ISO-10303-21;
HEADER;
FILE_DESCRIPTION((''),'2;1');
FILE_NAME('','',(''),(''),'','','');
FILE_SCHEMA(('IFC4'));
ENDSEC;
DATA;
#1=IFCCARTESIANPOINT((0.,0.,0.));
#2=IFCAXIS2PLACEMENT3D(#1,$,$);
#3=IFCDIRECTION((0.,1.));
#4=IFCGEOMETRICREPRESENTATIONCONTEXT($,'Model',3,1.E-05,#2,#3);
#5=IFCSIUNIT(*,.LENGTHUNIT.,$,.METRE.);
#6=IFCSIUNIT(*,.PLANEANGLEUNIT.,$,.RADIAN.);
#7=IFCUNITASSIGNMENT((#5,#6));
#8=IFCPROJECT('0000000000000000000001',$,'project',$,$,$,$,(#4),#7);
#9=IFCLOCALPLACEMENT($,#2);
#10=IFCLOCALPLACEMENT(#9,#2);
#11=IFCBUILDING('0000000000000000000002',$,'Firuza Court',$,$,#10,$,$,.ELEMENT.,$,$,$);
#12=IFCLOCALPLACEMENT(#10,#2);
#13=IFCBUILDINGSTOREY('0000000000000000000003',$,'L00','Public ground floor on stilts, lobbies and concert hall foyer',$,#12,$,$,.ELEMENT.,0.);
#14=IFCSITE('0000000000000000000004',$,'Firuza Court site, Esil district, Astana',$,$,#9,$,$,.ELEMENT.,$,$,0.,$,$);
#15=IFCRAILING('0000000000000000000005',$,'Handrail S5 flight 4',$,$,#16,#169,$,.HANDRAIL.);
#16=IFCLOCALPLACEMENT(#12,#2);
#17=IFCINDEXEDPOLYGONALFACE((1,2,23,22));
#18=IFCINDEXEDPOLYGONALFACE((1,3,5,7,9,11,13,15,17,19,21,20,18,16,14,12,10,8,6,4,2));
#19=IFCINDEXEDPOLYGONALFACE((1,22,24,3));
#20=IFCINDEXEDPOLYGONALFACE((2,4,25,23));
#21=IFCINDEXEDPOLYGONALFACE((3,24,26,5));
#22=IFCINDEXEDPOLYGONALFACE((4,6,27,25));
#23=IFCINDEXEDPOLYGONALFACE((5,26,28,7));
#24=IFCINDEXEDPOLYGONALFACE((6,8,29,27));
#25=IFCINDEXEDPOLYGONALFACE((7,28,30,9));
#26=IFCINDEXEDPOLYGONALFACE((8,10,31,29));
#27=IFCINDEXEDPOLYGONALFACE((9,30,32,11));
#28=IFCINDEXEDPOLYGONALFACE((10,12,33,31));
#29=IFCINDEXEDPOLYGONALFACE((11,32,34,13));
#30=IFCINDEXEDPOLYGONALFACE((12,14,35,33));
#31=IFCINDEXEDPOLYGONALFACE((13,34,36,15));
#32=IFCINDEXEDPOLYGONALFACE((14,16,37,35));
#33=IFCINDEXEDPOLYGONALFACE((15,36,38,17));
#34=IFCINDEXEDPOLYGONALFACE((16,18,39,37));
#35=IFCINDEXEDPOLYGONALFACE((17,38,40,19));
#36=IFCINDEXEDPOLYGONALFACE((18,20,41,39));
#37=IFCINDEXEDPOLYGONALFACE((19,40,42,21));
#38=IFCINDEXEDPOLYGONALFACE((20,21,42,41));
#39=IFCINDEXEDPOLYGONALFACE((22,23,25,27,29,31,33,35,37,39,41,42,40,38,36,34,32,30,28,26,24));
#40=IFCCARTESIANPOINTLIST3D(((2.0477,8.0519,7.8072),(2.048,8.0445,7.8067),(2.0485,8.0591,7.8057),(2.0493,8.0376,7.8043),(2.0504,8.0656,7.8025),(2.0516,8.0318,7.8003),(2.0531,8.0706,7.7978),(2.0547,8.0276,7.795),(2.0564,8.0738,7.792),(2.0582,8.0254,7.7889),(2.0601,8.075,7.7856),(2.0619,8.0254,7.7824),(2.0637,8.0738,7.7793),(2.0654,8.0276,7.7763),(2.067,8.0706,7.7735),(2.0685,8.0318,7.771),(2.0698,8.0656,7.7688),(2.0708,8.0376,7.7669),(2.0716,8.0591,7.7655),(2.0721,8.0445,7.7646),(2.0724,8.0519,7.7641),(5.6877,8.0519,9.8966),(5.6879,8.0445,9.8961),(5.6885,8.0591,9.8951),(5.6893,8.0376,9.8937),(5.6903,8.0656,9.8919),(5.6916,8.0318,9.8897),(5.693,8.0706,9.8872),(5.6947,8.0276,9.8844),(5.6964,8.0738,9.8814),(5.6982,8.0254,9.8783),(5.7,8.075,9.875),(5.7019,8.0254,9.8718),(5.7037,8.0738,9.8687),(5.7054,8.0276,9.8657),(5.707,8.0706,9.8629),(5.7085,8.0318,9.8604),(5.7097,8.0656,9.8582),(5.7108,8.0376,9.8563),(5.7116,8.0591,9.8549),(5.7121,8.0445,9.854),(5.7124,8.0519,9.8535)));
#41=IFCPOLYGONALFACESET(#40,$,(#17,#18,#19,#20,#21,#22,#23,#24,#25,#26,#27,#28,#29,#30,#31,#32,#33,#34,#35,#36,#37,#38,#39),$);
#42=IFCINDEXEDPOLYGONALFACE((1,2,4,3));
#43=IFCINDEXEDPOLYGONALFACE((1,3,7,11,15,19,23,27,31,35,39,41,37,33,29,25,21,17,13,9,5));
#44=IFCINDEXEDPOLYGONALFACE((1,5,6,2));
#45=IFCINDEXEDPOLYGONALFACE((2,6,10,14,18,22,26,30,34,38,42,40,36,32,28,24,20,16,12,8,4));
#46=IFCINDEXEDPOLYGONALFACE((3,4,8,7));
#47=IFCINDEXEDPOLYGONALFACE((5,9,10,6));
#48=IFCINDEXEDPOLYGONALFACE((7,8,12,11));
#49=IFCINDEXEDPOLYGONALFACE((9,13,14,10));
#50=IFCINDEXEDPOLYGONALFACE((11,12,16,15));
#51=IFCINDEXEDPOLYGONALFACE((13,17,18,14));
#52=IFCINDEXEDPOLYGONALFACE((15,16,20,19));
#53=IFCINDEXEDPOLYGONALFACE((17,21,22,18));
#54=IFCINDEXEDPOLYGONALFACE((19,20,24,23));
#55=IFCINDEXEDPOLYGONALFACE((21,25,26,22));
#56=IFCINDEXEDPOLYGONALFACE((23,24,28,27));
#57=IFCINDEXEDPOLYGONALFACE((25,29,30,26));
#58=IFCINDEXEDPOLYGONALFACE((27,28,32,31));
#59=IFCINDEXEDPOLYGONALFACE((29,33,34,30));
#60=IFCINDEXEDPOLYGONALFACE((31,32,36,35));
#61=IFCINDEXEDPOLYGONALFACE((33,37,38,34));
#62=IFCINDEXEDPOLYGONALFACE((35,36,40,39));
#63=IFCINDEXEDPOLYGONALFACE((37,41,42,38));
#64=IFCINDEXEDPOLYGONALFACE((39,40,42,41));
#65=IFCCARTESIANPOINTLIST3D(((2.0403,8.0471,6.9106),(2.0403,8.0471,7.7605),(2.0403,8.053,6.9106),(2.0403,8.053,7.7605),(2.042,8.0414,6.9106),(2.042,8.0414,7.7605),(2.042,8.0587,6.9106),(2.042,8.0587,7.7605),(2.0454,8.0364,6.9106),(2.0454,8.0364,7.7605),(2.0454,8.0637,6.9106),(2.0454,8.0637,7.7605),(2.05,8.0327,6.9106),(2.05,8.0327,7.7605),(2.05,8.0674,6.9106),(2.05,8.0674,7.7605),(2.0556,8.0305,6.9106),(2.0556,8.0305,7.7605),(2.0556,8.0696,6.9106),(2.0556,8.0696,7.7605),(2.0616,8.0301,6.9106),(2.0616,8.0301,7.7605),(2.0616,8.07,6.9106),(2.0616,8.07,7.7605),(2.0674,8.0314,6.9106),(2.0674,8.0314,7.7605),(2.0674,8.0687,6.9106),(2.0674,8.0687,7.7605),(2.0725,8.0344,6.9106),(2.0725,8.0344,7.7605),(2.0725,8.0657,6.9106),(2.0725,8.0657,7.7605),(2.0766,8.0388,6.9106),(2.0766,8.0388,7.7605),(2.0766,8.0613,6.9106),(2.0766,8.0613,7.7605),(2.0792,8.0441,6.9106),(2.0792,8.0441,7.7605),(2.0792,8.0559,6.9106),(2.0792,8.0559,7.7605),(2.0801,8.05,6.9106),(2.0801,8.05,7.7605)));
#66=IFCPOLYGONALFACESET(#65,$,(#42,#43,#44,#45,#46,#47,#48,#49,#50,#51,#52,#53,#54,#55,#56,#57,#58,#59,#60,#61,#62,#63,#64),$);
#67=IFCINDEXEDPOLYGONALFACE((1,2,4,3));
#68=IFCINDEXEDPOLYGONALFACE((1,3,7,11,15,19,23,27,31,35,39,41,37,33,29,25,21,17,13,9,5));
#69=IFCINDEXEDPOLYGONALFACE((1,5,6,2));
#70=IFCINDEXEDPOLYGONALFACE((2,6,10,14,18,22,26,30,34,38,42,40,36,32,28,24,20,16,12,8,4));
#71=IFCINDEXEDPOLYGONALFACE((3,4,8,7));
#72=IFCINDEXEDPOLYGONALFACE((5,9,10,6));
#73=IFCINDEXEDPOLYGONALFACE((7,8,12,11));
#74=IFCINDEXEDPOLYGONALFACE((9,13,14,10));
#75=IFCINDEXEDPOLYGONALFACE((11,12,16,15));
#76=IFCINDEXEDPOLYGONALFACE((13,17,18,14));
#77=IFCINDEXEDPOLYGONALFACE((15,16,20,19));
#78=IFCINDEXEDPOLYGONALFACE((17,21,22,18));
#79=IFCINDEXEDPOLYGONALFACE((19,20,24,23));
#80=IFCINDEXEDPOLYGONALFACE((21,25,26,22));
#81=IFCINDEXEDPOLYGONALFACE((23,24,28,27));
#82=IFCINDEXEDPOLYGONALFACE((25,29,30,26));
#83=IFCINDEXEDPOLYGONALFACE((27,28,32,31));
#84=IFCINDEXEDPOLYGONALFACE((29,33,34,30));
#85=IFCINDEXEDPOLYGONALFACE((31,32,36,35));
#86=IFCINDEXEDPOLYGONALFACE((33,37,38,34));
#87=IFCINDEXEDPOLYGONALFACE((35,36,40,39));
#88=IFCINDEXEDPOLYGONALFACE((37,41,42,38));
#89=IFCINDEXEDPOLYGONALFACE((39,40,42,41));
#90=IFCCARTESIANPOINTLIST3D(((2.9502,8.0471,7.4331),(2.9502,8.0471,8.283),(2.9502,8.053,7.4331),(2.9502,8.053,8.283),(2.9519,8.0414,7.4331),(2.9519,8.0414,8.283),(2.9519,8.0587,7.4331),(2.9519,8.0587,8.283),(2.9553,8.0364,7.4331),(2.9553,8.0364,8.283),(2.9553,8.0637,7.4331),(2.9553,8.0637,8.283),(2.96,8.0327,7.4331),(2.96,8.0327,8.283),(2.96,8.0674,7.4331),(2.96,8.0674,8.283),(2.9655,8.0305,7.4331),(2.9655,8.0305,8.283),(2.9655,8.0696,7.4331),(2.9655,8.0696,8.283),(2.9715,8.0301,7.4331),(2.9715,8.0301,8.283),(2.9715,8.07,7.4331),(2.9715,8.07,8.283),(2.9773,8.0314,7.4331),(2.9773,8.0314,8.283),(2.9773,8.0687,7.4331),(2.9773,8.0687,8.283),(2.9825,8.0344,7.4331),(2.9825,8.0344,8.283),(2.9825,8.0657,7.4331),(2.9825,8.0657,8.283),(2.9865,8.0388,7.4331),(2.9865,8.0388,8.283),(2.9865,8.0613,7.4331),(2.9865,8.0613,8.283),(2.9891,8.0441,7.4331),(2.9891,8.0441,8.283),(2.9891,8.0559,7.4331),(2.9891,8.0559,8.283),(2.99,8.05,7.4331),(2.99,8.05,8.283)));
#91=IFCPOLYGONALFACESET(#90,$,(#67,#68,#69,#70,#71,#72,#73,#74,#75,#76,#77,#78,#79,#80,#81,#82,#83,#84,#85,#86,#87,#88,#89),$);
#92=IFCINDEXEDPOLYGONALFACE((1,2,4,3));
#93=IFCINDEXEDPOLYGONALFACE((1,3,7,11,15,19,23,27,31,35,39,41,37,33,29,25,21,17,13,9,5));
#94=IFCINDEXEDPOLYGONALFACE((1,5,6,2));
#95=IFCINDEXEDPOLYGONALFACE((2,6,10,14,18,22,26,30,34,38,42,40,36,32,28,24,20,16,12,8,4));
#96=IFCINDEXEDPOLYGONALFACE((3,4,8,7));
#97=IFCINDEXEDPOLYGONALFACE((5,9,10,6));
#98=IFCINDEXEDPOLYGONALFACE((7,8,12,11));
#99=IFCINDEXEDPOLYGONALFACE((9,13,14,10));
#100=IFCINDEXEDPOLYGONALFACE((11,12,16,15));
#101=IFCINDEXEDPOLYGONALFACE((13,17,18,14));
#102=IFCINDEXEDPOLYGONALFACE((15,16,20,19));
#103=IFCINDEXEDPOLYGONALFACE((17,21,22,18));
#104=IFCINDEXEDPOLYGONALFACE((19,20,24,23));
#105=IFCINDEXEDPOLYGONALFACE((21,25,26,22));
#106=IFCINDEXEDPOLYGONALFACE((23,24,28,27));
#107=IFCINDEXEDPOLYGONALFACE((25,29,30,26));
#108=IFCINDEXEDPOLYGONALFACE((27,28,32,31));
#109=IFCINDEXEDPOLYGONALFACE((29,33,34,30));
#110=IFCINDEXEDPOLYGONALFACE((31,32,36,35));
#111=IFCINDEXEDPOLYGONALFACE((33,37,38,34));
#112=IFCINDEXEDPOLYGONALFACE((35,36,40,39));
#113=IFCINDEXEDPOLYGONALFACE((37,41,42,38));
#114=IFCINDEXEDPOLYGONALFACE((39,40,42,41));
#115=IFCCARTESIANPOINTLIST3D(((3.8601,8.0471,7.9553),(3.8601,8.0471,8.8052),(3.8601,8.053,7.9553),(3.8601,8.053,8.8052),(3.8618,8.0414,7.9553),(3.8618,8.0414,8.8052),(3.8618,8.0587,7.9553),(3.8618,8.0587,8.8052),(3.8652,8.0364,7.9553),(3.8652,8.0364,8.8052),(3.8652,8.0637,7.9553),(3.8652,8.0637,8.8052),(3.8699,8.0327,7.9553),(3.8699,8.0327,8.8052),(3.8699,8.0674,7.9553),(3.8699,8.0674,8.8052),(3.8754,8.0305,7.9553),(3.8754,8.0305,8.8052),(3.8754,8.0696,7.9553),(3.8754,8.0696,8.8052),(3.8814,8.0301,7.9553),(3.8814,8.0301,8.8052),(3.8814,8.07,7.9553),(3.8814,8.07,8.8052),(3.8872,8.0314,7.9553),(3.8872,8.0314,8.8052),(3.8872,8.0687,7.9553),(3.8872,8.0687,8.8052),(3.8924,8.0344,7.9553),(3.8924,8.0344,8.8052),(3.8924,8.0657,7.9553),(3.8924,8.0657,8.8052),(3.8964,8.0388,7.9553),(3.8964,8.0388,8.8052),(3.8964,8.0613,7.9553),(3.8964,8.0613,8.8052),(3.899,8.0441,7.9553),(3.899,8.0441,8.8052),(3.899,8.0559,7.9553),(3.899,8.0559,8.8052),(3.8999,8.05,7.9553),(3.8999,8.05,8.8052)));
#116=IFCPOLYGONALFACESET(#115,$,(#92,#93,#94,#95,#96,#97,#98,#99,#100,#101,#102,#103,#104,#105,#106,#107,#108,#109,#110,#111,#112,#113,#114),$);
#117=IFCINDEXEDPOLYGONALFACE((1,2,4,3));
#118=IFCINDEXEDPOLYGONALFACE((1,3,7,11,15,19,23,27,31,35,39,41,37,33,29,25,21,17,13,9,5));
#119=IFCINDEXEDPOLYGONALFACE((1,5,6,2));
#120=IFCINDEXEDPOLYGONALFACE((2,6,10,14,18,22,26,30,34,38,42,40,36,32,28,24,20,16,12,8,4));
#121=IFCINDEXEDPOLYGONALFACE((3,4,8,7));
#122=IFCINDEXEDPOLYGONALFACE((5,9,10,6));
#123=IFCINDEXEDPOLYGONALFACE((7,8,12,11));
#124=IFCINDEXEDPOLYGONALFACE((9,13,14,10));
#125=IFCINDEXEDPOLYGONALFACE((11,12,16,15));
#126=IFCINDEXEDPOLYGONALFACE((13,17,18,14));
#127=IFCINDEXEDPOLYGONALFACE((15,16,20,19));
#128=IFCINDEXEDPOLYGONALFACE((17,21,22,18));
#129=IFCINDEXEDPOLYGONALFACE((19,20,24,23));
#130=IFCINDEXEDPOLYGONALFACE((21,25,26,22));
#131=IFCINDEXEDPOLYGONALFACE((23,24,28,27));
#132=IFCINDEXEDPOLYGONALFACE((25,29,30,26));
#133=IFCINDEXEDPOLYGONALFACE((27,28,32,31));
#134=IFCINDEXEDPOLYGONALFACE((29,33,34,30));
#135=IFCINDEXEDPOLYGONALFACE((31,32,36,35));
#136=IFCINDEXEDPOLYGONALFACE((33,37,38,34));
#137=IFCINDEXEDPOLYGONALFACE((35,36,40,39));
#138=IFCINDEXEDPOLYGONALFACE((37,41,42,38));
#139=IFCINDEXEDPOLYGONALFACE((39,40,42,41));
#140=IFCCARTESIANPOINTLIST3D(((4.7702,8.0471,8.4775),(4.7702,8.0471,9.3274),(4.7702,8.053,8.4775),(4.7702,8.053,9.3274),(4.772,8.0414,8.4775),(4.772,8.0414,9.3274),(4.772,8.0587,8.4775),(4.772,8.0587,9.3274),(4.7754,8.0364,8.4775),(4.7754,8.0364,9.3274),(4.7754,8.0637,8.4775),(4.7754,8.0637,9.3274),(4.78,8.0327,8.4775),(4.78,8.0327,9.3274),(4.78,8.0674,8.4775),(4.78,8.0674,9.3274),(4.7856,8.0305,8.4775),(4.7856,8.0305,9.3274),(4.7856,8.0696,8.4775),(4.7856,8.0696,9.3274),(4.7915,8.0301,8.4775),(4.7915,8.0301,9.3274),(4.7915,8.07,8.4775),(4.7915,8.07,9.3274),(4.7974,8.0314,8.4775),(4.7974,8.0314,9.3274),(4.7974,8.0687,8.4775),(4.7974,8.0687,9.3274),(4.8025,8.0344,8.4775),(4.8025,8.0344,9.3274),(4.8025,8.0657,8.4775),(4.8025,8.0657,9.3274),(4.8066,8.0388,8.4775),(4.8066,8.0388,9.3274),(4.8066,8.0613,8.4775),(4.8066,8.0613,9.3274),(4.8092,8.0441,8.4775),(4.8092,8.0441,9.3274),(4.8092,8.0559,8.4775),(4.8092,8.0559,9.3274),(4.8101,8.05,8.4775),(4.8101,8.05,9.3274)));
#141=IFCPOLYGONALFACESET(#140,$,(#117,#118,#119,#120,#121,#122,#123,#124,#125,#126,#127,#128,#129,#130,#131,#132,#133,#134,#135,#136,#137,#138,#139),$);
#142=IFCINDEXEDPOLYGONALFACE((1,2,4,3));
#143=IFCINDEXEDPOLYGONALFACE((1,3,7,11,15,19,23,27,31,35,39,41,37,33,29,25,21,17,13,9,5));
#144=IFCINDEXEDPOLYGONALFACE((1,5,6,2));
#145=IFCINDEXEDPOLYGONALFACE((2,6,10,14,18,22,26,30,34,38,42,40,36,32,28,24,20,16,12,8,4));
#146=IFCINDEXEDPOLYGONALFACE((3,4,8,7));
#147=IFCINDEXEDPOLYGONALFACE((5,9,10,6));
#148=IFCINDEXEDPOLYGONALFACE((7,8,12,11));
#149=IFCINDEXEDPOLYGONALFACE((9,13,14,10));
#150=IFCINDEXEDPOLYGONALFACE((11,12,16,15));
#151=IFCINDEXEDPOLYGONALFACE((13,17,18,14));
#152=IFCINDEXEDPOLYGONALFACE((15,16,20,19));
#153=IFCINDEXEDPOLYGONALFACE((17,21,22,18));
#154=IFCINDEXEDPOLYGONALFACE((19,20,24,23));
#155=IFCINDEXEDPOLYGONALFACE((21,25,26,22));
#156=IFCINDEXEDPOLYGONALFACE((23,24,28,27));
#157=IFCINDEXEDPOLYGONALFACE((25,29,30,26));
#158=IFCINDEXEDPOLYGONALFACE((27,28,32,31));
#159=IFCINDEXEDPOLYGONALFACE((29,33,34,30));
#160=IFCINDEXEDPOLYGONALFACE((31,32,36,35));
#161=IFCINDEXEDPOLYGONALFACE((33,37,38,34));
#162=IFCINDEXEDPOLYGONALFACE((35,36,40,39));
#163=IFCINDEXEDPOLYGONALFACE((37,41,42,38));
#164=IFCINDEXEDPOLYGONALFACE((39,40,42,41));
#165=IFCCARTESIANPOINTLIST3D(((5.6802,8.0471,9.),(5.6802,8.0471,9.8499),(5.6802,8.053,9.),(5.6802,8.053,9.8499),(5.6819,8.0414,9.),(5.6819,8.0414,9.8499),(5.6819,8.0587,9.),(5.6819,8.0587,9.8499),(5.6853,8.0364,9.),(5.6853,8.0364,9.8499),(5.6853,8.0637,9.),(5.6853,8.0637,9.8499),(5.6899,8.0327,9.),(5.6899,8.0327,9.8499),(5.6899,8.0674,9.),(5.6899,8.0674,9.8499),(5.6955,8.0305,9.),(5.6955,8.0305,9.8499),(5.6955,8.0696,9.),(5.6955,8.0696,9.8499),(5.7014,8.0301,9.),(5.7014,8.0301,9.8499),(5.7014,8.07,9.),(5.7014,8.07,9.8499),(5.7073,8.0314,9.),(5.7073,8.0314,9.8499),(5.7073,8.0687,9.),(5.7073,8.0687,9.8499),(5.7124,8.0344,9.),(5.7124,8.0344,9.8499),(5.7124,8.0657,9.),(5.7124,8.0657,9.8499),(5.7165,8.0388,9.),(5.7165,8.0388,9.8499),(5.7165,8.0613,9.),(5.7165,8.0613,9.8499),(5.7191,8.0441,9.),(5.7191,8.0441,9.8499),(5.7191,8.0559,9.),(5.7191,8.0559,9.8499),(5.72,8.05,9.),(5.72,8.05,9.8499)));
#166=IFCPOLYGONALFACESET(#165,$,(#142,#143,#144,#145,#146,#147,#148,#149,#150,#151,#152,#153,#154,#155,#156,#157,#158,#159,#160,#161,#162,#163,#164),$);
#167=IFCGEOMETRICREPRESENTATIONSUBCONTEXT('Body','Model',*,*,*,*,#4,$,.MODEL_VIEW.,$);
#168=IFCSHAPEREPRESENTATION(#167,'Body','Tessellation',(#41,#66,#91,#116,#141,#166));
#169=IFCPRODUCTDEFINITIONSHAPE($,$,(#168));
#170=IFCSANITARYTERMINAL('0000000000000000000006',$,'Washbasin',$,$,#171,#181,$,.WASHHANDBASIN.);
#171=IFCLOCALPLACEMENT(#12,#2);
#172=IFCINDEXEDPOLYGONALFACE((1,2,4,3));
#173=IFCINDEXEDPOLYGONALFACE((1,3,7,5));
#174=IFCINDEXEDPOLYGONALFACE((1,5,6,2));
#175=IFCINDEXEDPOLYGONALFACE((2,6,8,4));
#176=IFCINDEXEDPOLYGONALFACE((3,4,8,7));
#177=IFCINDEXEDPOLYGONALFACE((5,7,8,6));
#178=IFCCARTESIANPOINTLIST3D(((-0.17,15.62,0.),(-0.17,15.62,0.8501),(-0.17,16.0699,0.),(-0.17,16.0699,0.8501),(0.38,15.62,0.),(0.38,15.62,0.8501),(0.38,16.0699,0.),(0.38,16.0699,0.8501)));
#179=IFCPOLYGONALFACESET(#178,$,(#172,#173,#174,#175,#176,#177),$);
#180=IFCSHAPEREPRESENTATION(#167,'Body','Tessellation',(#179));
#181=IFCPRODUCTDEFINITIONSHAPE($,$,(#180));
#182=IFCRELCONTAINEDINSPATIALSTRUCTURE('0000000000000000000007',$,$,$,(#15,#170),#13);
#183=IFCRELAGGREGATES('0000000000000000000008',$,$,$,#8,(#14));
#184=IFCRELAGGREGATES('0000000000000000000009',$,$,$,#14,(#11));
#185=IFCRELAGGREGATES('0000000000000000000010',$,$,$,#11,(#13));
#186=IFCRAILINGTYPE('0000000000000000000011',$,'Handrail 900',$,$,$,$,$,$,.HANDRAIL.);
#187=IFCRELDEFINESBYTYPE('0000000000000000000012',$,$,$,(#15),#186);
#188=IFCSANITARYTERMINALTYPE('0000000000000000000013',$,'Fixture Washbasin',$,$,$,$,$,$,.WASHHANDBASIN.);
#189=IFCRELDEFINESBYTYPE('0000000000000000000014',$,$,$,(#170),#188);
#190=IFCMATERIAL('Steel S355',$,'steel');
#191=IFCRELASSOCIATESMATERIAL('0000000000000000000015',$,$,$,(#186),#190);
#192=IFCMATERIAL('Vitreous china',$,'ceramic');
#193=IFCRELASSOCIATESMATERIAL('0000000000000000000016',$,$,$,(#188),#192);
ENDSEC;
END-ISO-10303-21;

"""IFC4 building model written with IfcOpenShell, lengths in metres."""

from ifc_helpers import new_model, si_unit, direction, frame, origin, origin_2d, place, context, subcontext, project, spatial, rectangle, circle, extrude, material, type_object, element, save


model = new_model("IFC4")

# Units and contexts
model_context = context("Model", 3, precision=1e-05, world=origin(), true_north=direction((0.0, 1.0)))
body_context = subcontext(model_context, "Body", "Model", "MODEL_VIEW")
ifc_project = project(units=[si_unit("LENGTHUNIT", "METRE"), si_unit("PLANEANGLEUNIT", "RADIAN")], contexts=[model_context])

# Site, building, storey
site_placement = place(None, origin())
site = spatial("IfcSite", under=ifc_project, at=site_placement, Name="Firuza Court site, Esil district, Astana", CompositionType="ELEMENT", RefElevation=0.0)
building_placement = place(site_placement, origin())
building = spatial("IfcBuilding", under=site, at=building_placement, Name="Firuza Court", CompositionType="ELEMENT")
storey_placement = place(building_placement, origin())
storey = spatial("IfcBuildingStorey", under=building, at=storey_placement, Name="L00", Description="Public ground floor on stilts, lobbies and concert hall foyer", CompositionType="ELEMENT", Elevation=0.0)

# Railing
ifc_material_1 = material(Name="Steel S355", Category="steel")
railing_type_1 = type_object("IfcRailingType", Name="Handrail 900", PredefinedType="HANDRAIL", material=ifc_material_1)
railing_1_placement = place(storey_placement, frame((2.0601, 8.05, 6.9106)))
element("IfcRailing", 1, at=railing_1_placement, inside=storey, type_object=railing_type_1, Name="Handrail S5 flight 4", PredefinedType="HANDRAIL", context=body_context, shape_type="SweptSolid", body=[
    extrude(circle(Radius=0.0249, at=origin_2d()), frame((0.0, 0.0, 0.875), z_axis=(0.867275, 0.0, 0.497829), x_axis=(0.0, 1.0, 0.0)), (0.0, 0.0, 1.0), 4.197),
    extrude(circle(Radius=0.02, at=origin_2d()), origin(), (0.0, 0.0, 1.0), 0.8499),
    extrude(circle(Radius=0.02, at=origin_2d()), frame((0.9099, 0.0, 0.5225)), (0.0, 0.0, 1.0), 0.8499),
    extrude(circle(Radius=0.02, at=origin_2d()), frame((1.8198, 0.0, 1.0447)), (0.0, 0.0, 1.0), 0.8499),
    extrude(circle(Radius=0.02, at=origin_2d()), frame((2.73, 0.0, 1.5669)), (0.0, 0.0, 1.0), 0.8499),
    extrude(circle(Radius=0.02, at=origin_2d()), frame((3.6399, 0.0, 2.0894)), (0.0, 0.0, 1.0), 0.8499),
])

# Sanitary terminal
ifc_material_2 = material(Name="Vitreous china", Category="ceramic")
sanitary_terminal_type = type_object("IfcSanitaryTerminalType", Name="Fixture Washbasin", PredefinedType="WASHHANDBASIN", material=ifc_material_2)
sanitary_terminal_placement = place(storey_placement, frame((0.105, 15.845, 0.0), z_axis=(0.0, 0.0, 1.0), x_axis=(1.0, 0.0, 0.0)))
element("IfcSanitaryTerminal", 2, at=sanitary_terminal_placement, inside=storey, type_object=sanitary_terminal_type, Name="Washbasin", PredefinedType="WASHHANDBASIN", context=body_context, shape_type="SweptSolid", body=[
    extrude(rectangle(XDim=0.55, YDim=0.45, at=origin_2d()), origin(), (0.0, 0.0, 1.0), 0.8501),
])

save(model, "model.ifc")
